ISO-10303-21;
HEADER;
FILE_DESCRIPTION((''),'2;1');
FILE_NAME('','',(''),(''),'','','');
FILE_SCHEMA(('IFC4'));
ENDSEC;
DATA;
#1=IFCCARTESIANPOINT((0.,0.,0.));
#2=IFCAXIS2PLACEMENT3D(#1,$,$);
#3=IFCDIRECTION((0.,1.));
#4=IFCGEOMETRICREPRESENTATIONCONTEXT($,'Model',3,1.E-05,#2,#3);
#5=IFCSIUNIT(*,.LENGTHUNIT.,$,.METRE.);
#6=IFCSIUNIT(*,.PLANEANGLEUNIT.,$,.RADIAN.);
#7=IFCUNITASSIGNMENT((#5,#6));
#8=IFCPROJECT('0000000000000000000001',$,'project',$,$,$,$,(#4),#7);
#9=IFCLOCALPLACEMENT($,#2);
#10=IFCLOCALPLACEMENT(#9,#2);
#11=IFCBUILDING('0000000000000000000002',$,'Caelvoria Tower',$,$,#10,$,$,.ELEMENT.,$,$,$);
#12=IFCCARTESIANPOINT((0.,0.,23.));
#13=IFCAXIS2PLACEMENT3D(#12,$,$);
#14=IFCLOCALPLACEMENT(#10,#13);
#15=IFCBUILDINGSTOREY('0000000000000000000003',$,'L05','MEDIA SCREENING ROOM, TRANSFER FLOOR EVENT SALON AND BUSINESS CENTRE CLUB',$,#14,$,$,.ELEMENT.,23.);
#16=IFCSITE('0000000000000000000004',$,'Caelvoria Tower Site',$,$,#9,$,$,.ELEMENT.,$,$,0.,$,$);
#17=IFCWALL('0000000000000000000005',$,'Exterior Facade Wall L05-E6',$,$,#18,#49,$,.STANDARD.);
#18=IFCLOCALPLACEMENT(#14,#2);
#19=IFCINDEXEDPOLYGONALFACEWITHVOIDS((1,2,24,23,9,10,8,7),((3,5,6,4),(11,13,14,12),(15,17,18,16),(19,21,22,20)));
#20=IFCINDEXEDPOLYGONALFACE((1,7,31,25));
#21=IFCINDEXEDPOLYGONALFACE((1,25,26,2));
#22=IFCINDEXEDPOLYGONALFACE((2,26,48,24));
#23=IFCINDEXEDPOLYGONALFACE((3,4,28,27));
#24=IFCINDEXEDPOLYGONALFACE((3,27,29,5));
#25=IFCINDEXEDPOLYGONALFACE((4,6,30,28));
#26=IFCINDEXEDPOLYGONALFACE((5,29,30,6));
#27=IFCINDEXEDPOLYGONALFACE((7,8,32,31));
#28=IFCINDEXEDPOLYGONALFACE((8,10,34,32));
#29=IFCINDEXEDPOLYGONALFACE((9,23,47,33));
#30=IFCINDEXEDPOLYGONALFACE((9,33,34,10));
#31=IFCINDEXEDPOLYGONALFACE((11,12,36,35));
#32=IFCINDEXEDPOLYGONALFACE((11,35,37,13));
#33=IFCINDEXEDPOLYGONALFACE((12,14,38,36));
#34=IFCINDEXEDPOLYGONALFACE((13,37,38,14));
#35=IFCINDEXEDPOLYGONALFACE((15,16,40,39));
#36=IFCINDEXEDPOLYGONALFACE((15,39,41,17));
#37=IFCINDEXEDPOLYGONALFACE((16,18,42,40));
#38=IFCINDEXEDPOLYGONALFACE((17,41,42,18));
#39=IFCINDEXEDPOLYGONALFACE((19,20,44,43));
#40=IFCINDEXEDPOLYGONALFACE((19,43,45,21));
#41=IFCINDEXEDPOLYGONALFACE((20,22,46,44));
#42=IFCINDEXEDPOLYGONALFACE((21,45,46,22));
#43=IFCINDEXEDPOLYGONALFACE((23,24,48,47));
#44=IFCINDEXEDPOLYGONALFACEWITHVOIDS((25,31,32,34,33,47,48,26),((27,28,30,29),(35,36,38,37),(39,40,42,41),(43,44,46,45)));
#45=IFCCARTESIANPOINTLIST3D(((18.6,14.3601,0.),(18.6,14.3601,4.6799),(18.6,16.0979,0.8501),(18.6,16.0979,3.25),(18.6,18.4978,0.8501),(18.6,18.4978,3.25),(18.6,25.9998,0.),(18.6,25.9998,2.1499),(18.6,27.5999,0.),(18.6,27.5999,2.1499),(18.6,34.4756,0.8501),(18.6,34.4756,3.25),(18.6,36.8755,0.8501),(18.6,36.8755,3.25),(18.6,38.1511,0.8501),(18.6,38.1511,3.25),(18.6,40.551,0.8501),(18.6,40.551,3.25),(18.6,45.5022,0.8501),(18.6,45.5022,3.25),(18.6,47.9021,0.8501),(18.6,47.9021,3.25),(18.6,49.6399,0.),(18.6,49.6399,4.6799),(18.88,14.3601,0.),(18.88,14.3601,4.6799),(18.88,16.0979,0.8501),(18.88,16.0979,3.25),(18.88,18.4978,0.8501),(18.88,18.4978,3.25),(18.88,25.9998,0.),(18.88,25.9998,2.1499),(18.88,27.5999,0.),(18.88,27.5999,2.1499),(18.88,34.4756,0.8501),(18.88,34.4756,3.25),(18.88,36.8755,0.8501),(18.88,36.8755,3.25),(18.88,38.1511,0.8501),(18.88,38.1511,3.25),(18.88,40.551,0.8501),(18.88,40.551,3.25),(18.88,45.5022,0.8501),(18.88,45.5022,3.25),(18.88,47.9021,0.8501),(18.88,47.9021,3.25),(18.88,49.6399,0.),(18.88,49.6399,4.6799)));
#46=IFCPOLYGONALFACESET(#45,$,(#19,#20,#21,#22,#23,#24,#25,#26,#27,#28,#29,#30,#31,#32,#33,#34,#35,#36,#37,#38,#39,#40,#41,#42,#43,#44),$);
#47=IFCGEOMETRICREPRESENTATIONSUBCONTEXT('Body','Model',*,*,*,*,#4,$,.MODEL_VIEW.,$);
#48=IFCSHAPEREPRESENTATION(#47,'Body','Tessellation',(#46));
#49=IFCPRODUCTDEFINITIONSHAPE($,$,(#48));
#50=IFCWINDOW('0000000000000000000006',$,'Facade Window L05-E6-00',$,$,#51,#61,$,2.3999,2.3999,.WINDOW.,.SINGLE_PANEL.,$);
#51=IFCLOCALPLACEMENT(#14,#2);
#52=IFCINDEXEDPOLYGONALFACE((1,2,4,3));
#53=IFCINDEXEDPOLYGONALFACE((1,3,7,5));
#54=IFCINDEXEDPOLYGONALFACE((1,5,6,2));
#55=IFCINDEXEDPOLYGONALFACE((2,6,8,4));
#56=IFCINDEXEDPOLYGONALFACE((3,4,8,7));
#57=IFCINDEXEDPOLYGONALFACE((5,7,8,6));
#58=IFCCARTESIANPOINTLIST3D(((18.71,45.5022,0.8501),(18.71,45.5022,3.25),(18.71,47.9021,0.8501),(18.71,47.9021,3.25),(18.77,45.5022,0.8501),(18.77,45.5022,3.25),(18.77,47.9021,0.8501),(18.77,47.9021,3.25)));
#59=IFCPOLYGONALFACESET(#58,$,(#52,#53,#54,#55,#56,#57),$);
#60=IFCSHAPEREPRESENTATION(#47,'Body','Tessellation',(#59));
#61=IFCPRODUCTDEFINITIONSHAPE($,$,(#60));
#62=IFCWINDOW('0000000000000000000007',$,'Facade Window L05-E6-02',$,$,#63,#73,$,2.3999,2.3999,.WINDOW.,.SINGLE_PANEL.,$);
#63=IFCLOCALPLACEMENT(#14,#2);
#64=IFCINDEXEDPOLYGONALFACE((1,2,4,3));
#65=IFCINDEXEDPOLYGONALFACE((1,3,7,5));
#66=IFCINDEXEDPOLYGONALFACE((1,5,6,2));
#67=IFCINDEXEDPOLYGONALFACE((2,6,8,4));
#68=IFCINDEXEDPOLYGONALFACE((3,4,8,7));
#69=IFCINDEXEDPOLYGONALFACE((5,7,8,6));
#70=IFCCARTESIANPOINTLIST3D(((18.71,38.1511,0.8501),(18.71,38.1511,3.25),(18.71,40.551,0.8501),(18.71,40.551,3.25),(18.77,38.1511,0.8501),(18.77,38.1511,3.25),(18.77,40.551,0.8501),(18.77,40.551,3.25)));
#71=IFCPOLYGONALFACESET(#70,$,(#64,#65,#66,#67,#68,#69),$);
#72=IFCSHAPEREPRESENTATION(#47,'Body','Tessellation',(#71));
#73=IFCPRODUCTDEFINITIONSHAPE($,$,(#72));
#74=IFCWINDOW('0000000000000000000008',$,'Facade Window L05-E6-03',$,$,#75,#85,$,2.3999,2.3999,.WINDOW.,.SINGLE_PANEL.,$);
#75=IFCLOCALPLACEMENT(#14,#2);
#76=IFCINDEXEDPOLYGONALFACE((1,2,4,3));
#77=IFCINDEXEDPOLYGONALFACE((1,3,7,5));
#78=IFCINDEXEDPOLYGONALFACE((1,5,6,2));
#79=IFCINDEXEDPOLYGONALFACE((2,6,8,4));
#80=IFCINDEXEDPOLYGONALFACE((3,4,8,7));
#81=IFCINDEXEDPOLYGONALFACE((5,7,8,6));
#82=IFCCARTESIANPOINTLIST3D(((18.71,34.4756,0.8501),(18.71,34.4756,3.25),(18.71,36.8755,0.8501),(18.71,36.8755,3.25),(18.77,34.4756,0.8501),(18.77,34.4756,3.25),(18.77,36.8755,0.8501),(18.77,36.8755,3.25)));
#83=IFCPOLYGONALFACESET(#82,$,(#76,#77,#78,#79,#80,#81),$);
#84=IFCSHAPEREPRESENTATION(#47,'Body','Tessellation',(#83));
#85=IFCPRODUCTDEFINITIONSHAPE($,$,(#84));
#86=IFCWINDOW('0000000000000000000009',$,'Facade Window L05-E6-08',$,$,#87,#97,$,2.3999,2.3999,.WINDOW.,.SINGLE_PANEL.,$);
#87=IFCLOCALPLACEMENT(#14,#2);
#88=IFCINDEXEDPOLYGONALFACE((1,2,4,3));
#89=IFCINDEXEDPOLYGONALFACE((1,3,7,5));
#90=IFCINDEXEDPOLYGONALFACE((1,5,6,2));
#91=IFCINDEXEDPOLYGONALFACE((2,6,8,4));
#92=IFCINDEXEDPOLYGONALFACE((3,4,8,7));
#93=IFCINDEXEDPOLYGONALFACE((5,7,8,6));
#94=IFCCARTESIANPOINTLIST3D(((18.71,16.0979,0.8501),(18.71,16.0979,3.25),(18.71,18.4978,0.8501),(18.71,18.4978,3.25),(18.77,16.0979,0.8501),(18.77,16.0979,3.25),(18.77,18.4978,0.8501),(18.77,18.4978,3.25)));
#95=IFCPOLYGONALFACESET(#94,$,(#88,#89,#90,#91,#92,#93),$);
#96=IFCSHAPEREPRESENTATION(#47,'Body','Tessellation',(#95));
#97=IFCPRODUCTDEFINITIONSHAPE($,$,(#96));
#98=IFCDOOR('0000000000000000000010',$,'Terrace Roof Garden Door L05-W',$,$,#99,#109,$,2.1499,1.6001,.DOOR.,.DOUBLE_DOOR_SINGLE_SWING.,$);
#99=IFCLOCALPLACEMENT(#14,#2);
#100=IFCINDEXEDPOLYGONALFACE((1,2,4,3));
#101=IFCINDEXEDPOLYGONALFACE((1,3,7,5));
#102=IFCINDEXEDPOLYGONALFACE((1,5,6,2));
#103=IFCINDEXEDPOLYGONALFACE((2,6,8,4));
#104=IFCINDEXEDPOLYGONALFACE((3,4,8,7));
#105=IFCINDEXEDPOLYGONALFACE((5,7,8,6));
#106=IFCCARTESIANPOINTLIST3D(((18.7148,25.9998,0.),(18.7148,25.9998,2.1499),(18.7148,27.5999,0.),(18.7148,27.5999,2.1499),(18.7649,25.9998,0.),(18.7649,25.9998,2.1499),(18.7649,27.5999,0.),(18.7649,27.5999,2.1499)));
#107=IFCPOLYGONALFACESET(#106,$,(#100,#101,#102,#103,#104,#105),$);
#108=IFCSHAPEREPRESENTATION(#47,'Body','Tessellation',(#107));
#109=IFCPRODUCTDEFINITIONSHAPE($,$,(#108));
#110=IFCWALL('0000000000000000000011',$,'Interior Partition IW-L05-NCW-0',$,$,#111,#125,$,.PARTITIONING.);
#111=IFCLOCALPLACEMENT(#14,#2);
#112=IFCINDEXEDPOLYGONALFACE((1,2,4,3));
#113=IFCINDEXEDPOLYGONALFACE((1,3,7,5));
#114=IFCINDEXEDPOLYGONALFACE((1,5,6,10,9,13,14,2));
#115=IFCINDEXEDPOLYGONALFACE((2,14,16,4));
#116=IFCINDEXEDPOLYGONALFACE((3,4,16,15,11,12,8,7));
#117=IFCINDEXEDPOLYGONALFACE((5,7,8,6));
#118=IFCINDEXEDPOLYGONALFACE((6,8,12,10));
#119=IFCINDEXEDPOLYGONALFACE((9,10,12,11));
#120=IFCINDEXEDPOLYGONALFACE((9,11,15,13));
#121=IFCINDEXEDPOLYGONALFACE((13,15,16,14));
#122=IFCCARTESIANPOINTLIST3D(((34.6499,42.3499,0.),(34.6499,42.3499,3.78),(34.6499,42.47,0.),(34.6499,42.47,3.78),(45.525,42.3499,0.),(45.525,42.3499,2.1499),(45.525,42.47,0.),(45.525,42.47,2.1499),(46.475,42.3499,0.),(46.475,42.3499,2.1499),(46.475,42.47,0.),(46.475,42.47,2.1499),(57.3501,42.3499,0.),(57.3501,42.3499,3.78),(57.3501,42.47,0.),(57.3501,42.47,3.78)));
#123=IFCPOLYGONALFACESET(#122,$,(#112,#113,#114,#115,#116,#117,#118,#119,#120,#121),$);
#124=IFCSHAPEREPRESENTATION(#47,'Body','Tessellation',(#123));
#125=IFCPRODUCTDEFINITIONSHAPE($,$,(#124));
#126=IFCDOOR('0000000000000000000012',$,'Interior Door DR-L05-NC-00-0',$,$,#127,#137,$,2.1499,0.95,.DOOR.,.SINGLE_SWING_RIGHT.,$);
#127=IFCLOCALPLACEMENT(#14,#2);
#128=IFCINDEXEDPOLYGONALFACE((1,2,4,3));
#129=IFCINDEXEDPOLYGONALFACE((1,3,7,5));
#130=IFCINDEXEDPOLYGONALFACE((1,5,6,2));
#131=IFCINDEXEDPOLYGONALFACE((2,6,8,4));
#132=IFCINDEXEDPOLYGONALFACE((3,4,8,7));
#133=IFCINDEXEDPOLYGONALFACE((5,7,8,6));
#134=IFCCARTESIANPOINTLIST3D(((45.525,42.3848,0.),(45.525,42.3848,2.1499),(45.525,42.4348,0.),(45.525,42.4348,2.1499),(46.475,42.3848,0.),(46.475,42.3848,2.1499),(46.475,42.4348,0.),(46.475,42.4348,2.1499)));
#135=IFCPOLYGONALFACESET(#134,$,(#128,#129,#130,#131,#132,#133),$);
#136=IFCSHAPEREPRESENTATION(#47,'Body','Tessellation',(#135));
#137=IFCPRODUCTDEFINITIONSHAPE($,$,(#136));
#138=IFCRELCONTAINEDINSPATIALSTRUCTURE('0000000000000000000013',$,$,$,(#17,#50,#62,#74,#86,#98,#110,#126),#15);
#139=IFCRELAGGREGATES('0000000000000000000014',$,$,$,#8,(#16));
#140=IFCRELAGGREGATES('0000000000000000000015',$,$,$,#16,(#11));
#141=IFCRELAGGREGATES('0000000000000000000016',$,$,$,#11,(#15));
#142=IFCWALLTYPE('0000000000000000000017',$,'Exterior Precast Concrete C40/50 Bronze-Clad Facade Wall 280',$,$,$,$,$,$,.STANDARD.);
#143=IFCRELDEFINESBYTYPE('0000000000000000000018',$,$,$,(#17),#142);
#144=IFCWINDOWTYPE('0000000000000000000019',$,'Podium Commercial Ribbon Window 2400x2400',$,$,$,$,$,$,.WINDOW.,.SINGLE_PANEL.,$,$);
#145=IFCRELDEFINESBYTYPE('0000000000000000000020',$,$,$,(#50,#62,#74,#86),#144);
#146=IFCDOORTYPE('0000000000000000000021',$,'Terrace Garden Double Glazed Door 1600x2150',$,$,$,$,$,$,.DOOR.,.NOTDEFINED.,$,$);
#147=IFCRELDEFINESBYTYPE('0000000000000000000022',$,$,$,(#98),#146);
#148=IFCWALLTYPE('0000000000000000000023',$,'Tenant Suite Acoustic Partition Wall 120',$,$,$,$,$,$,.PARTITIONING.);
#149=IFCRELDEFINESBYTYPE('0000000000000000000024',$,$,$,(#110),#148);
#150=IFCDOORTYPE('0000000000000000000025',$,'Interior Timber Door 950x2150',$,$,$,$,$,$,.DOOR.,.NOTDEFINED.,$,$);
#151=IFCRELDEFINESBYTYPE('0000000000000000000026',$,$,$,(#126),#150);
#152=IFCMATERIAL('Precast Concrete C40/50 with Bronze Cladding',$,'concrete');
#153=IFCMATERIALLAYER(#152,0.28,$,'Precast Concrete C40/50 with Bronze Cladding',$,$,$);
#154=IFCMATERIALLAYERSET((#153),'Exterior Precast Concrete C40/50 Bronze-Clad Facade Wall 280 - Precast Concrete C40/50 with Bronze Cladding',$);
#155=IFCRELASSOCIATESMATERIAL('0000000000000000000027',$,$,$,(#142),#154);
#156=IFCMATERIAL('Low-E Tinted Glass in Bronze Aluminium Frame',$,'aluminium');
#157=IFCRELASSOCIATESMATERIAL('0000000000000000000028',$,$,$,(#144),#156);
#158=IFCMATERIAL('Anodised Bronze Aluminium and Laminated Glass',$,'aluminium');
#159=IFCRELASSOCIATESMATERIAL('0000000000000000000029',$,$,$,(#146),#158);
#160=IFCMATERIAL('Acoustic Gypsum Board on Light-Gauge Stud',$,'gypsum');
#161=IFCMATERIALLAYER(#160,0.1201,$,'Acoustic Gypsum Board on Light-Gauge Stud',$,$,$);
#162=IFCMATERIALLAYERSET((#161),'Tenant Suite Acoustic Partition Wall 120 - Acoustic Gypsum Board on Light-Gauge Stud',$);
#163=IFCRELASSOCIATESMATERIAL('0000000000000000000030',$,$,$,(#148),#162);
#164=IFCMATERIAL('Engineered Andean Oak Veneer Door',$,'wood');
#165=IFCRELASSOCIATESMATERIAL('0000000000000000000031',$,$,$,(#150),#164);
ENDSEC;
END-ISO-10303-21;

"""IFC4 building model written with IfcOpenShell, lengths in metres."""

from ifc_helpers import new_model, si_unit, direction, frame, frame_2d, origin, place, context, subcontext, project, spatial, rectangle, extrude, material, layer, layer_set, type_object, element, fill, save


model = new_model("IFC4")

# Units and contexts
model_context = context("Model", 3, precision=1e-05, world=origin(), true_north=direction((0.0, 1.0)))
body_context = subcontext(model_context, "Body", "Model", "MODEL_VIEW")
ifc_project = project(units=[si_unit("LENGTHUNIT", "METRE"), si_unit("PLANEANGLEUNIT", "RADIAN")], contexts=[model_context])

# Site, building, storey
site_placement = place(None, origin())
site = spatial("IfcSite", under=ifc_project, at=site_placement, Name="Caelvoria Tower Site", CompositionType="ELEMENT", RefElevation=0.0)
building_placement = place(site_placement, origin())
building = spatial("IfcBuilding", under=site, at=building_placement, Name="Caelvoria Tower", CompositionType="ELEMENT")
storey_placement = place(building_placement, frame((0.0, 0.0, 23.0)))
storey = spatial("IfcBuildingStorey", under=building, at=storey_placement, Name="L05", Description="MEDIA SCREENING ROOM, TRANSFER FLOOR EVENT SALON AND BUSINESS CENTRE CLUB", CompositionType="ELEMENT", Elevation=23.0)

# Shared definitions
ifc_material_1 = material(Name="Precast Concrete C40/50 with Bronze Cladding", Category="concrete")
ifc_layer_1 = layer(ifc_material_1, 0.28, Name="Precast Concrete C40/50 with Bronze Cladding")
ifc_layer_set_1 = layer_set([ifc_layer_1], Name="Exterior Precast Concrete C40/50 Bronze-Clad Facade Wall 280 - Precast Concrete C40/50 with Bronze Cladding")
wall_type_1 = type_object("IfcWallType", Name="Exterior Precast Concrete C40/50 Bronze-Clad Facade Wall 280", PredefinedType="STANDARD", material=ifc_layer_set_1)
ifc_material_2 = material(Name="Low-E Tinted Glass in Bronze Aluminium Frame", Category="aluminium")

# Wall, openings, windows, door
wall_1_placement = place(storey_placement, frame((18.74, 49.6399, 0.0), z_axis=(0.0, 0.0, 1.0), x_axis=(0.0, -1.0, 0.0)))
wall_1 = element("IfcWall", 1, at=wall_1_placement, inside=storey, type_object=wall_type_1, Name="Exterior Facade Wall L05-E6", PredefinedType="STANDARD", context=body_context, shape_type="SweptSolid", body=[
    extrude(rectangle(XDim=35.2798, YDim=0.28, at=frame_2d((17.6399, 0.0))), origin(), (0.0, 0.0, 1.0), 4.6799),
])
opening_1_placement = place(wall_1_placement, frame((22.04, 0.0, 0.0)))
opening_1 = element("IfcOpeningElement", 2, at=opening_1_placement, cuts=wall_1, PredefinedType="OPENING", context=body_context, shape_type="SweptSolid", body=[
    extrude(rectangle(XDim=1.6001, YDim=2.1499, at=frame_2d((0.8, 1.075))), frame((0.0, 0.1499, 0.0), z_axis=(0.0, -1.0, 0.0), x_axis=(1.0, 0.0, 0.0)), (0.0, 0.0, 1.0), 0.3),
])
opening_2_placement = place(wall_1_placement, frame((1.7378, 0.0, 0.8501)))
opening_2 = element("IfcOpeningElement", 3, at=opening_2_placement, cuts=wall_1, PredefinedType="OPENING", context=body_context, shape_type="SweptSolid", body=[
    extrude(rectangle(XDim=2.3999, YDim=2.3999, at=frame_2d((1.2, 1.2))), frame((0.0, 0.1499, 0.0), z_axis=(0.0, -1.0, 0.0), x_axis=(1.0, 0.0, 0.0)), (0.0, 0.0, 1.0), 0.3),
])
opening_3_placement = place(wall_1_placement, frame((9.0889, 0.0, 0.8501)))
opening_3 = element("IfcOpeningElement", 4, at=opening_3_placement, cuts=wall_1, PredefinedType="OPENING", context=body_context, shape_type="SweptSolid", body=[
    extrude(rectangle(XDim=2.3999, YDim=2.3999, at=frame_2d((1.2, 1.2))), frame((0.0, 0.1499, 0.0), z_axis=(0.0, -1.0, 0.0), x_axis=(1.0, 0.0, 0.0)), (0.0, 0.0, 1.0), 0.3),
])
opening_4_placement = place(wall_1_placement, frame((12.7644, 0.0, 0.8501)))
opening_4 = element("IfcOpeningElement", 5, at=opening_4_placement, cuts=wall_1, PredefinedType="OPENING", context=body_context, shape_type="SweptSolid", body=[
    extrude(rectangle(XDim=2.3999, YDim=2.3999, at=frame_2d((1.2, 1.2))), frame((0.0, 0.1499, 0.0), z_axis=(0.0, -1.0, 0.0), x_axis=(1.0, 0.0, 0.0)), (0.0, 0.0, 1.0), 0.3),
])
opening_5_placement = place(wall_1_placement, frame((31.1421, 0.0, 0.8501)))
opening_5 = element("IfcOpeningElement", 6, at=opening_5_placement, cuts=wall_1, PredefinedType="OPENING", context=body_context, shape_type="SweptSolid", body=[
    extrude(rectangle(XDim=2.3999, YDim=2.3999, at=frame_2d((1.2, 1.2))), frame((0.0, 0.1499, 0.0), z_axis=(0.0, -1.0, 0.0), x_axis=(1.0, 0.0, 0.0)), (0.0, 0.0, 1.0), 0.3),
])
window_type_1 = type_object("IfcWindowType", Name="Podium Commercial Ribbon Window 2400x2400", PartitioningType="SINGLE_PANEL", PredefinedType="WINDOW", material=ifc_material_2)
window_1_placement = place(opening_2_placement, origin())
window_1 = element("IfcWindow", 7, at=window_1_placement, inside=storey, type_object=window_type_1, Name="Facade Window L05-E6-00", OverallHeight=2.3999, OverallWidth=2.3999, PartitioningType="SINGLE_PANEL", PredefinedType="WINDOW", context=body_context, shape_type="SweptSolid", body=[
    extrude(rectangle(XDim=2.3999, YDim=2.3999, at=frame_2d((1.2, 1.2))), frame((0.0, 0.03, 0.0), z_axis=(0.0, -1.0, 0.0), x_axis=(1.0, 0.0, 0.0)), (0.0, 0.0, 1.0), 0.0601),
])
fill(opening_2, window_1)
window_2_placement = place(opening_3_placement, origin())
window_2 = element("IfcWindow", 8, at=window_2_placement, inside=storey, type_object=window_type_1, Name="Facade Window L05-E6-02", OverallHeight=2.3999, OverallWidth=2.3999, PartitioningType="SINGLE_PANEL", PredefinedType="WINDOW", context=body_context, shape_type="SweptSolid", body=[
    extrude(rectangle(XDim=2.3999, YDim=2.3999, at=frame_2d((1.2, 1.2))), frame((0.0, 0.03, 0.0), z_axis=(0.0, -1.0, 0.0), x_axis=(1.0, 0.0, 0.0)), (0.0, 0.0, 1.0), 0.0601),
])
fill(opening_3, window_2)
window_3_placement = place(opening_4_placement, origin())
window_3 = element("IfcWindow", 9, at=window_3_placement, inside=storey, type_object=window_type_1, Name="Facade Window L05-E6-03", OverallHeight=2.3999, OverallWidth=2.3999, PartitioningType="SINGLE_PANEL", PredefinedType="WINDOW", context=body_context, shape_type="SweptSolid", body=[
    extrude(rectangle(XDim=2.3999, YDim=2.3999, at=frame_2d((1.2, 1.2))), frame((0.0, 0.03, 0.0), z_axis=(0.0, -1.0, 0.0), x_axis=(1.0, 0.0, 0.0)), (0.0, 0.0, 1.0), 0.0601),
])
fill(opening_4, window_3)
window_4_placement = place(opening_5_placement, origin())
window_4 = element("IfcWindow", 10, at=window_4_placement, inside=storey, type_object=window_type_1, Name="Facade Window L05-E6-08", OverallHeight=2.3999, OverallWidth=2.3999, PartitioningType="SINGLE_PANEL", PredefinedType="WINDOW", context=body_context, shape_type="SweptSolid", body=[
    extrude(rectangle(XDim=2.3999, YDim=2.3999, at=frame_2d((1.2, 1.2))), frame((0.0, 0.03, 0.0), z_axis=(0.0, -1.0, 0.0), x_axis=(1.0, 0.0, 0.0)), (0.0, 0.0, 1.0), 0.0601),
])
fill(opening_5, window_4)
ifc_material_3 = material(Name="Anodised Bronze Aluminium and Laminated Glass", Category="aluminium")
door_type_1 = type_object("IfcDoorType", Name="Terrace Garden Double Glazed Door 1600x2150", OperationType="NOTDEFINED", PredefinedType="DOOR", material=ifc_material_3)
door_1_placement = place(opening_1_placement, origin())
door_1 = element("IfcDoor", 11, at=door_1_placement, inside=storey, type_object=door_type_1, Name="Terrace Roof Garden Door L05-W", OperationType="DOUBLE_DOOR_SINGLE_SWING", OverallHeight=2.1499, OverallWidth=1.6001, PredefinedType="DOOR", context=body_context, shape_type="SweptSolid", body=[
    extrude(rectangle(XDim=1.6001, YDim=2.1499, at=frame_2d((0.8, 1.075))), frame((0.0, 0.0249, 0.0), z_axis=(0.0, -1.0, 0.0), x_axis=(1.0, 0.0, 0.0)), (0.0, 0.0, 1.0), 0.05),
])
fill(opening_1, door_1)

# Wall, opening, door
ifc_material_4 = material(Name="Acoustic Gypsum Board on Light-Gauge Stud", Category="gypsum")
ifc_layer_2 = layer(ifc_material_4, 0.1201, Name="Acoustic Gypsum Board on Light-Gauge Stud")
ifc_layer_set_2 = layer_set([ifc_layer_2], Name="Tenant Suite Acoustic Partition Wall 120 - Acoustic Gypsum Board on Light-Gauge Stud")
wall_type_2 = type_object("IfcWallType", Name="Tenant Suite Acoustic Partition Wall 120", PredefinedType="PARTITIONING", material=ifc_layer_set_2)
wall_2_placement = place(storey_placement, frame((34.6499, 42.4099, 0.0), z_axis=(0.0, 0.0, 1.0), x_axis=(1.0, 0.0, 0.0)))
wall_2 = element("IfcWall", 12, at=wall_2_placement, inside=storey, type_object=wall_type_2, Name="Interior Partition IW-L05-NCW-0", PredefinedType="PARTITIONING", context=body_context, shape_type="SweptSolid", body=[
    extrude(rectangle(XDim=22.7002, YDim=0.1201, at=frame_2d((11.3501, 0.0))), origin(), (0.0, 0.0, 1.0), 3.78),
])
opening_6_placement = place(wall_2_placement, frame((10.875, 0.0, 0.0)))
opening_6 = element("IfcOpeningElement", 13, at=opening_6_placement, cuts=wall_2, PredefinedType="OPENING", context=body_context, shape_type="SweptSolid", body=[
    extrude(rectangle(XDim=0.95, YDim=2.1499, at=frame_2d((0.4751, 1.075))), frame((0.0, 0.0701, 0.0), z_axis=(0.0, -1.0, 0.0), x_axis=(1.0, 0.0, 0.0)), (0.0, 0.0, 1.0), 0.1401),
])
ifc_material_5 = material(Name="Engineered Andean Oak Veneer Door", Category="wood")
door_type_2 = type_object("IfcDoorType", Name="Interior Timber Door 950x2150", OperationType="NOTDEFINED", PredefinedType="DOOR", material=ifc_material_5)
door_2_placement = place(opening_6_placement, origin())
door_2 = element("IfcDoor", 14, at=door_2_placement, inside=storey, type_object=door_type_2, Name="Interior Door DR-L05-NC-00-0", OperationType="SINGLE_SWING_RIGHT", OverallHeight=2.1499, OverallWidth=0.95, PredefinedType="DOOR", context=body_context, shape_type="SweptSolid", body=[
    extrude(rectangle(XDim=0.95, YDim=2.1499, at=frame_2d((0.4751, 1.075))), frame((0.0, 0.0249, 0.0), z_axis=(0.0, -1.0, 0.0), x_axis=(1.0, 0.0, 0.0)), (0.0, 0.0, 1.0), 0.05),
])
fill(opening_6, door_2)

save(model, "model.ifc")
